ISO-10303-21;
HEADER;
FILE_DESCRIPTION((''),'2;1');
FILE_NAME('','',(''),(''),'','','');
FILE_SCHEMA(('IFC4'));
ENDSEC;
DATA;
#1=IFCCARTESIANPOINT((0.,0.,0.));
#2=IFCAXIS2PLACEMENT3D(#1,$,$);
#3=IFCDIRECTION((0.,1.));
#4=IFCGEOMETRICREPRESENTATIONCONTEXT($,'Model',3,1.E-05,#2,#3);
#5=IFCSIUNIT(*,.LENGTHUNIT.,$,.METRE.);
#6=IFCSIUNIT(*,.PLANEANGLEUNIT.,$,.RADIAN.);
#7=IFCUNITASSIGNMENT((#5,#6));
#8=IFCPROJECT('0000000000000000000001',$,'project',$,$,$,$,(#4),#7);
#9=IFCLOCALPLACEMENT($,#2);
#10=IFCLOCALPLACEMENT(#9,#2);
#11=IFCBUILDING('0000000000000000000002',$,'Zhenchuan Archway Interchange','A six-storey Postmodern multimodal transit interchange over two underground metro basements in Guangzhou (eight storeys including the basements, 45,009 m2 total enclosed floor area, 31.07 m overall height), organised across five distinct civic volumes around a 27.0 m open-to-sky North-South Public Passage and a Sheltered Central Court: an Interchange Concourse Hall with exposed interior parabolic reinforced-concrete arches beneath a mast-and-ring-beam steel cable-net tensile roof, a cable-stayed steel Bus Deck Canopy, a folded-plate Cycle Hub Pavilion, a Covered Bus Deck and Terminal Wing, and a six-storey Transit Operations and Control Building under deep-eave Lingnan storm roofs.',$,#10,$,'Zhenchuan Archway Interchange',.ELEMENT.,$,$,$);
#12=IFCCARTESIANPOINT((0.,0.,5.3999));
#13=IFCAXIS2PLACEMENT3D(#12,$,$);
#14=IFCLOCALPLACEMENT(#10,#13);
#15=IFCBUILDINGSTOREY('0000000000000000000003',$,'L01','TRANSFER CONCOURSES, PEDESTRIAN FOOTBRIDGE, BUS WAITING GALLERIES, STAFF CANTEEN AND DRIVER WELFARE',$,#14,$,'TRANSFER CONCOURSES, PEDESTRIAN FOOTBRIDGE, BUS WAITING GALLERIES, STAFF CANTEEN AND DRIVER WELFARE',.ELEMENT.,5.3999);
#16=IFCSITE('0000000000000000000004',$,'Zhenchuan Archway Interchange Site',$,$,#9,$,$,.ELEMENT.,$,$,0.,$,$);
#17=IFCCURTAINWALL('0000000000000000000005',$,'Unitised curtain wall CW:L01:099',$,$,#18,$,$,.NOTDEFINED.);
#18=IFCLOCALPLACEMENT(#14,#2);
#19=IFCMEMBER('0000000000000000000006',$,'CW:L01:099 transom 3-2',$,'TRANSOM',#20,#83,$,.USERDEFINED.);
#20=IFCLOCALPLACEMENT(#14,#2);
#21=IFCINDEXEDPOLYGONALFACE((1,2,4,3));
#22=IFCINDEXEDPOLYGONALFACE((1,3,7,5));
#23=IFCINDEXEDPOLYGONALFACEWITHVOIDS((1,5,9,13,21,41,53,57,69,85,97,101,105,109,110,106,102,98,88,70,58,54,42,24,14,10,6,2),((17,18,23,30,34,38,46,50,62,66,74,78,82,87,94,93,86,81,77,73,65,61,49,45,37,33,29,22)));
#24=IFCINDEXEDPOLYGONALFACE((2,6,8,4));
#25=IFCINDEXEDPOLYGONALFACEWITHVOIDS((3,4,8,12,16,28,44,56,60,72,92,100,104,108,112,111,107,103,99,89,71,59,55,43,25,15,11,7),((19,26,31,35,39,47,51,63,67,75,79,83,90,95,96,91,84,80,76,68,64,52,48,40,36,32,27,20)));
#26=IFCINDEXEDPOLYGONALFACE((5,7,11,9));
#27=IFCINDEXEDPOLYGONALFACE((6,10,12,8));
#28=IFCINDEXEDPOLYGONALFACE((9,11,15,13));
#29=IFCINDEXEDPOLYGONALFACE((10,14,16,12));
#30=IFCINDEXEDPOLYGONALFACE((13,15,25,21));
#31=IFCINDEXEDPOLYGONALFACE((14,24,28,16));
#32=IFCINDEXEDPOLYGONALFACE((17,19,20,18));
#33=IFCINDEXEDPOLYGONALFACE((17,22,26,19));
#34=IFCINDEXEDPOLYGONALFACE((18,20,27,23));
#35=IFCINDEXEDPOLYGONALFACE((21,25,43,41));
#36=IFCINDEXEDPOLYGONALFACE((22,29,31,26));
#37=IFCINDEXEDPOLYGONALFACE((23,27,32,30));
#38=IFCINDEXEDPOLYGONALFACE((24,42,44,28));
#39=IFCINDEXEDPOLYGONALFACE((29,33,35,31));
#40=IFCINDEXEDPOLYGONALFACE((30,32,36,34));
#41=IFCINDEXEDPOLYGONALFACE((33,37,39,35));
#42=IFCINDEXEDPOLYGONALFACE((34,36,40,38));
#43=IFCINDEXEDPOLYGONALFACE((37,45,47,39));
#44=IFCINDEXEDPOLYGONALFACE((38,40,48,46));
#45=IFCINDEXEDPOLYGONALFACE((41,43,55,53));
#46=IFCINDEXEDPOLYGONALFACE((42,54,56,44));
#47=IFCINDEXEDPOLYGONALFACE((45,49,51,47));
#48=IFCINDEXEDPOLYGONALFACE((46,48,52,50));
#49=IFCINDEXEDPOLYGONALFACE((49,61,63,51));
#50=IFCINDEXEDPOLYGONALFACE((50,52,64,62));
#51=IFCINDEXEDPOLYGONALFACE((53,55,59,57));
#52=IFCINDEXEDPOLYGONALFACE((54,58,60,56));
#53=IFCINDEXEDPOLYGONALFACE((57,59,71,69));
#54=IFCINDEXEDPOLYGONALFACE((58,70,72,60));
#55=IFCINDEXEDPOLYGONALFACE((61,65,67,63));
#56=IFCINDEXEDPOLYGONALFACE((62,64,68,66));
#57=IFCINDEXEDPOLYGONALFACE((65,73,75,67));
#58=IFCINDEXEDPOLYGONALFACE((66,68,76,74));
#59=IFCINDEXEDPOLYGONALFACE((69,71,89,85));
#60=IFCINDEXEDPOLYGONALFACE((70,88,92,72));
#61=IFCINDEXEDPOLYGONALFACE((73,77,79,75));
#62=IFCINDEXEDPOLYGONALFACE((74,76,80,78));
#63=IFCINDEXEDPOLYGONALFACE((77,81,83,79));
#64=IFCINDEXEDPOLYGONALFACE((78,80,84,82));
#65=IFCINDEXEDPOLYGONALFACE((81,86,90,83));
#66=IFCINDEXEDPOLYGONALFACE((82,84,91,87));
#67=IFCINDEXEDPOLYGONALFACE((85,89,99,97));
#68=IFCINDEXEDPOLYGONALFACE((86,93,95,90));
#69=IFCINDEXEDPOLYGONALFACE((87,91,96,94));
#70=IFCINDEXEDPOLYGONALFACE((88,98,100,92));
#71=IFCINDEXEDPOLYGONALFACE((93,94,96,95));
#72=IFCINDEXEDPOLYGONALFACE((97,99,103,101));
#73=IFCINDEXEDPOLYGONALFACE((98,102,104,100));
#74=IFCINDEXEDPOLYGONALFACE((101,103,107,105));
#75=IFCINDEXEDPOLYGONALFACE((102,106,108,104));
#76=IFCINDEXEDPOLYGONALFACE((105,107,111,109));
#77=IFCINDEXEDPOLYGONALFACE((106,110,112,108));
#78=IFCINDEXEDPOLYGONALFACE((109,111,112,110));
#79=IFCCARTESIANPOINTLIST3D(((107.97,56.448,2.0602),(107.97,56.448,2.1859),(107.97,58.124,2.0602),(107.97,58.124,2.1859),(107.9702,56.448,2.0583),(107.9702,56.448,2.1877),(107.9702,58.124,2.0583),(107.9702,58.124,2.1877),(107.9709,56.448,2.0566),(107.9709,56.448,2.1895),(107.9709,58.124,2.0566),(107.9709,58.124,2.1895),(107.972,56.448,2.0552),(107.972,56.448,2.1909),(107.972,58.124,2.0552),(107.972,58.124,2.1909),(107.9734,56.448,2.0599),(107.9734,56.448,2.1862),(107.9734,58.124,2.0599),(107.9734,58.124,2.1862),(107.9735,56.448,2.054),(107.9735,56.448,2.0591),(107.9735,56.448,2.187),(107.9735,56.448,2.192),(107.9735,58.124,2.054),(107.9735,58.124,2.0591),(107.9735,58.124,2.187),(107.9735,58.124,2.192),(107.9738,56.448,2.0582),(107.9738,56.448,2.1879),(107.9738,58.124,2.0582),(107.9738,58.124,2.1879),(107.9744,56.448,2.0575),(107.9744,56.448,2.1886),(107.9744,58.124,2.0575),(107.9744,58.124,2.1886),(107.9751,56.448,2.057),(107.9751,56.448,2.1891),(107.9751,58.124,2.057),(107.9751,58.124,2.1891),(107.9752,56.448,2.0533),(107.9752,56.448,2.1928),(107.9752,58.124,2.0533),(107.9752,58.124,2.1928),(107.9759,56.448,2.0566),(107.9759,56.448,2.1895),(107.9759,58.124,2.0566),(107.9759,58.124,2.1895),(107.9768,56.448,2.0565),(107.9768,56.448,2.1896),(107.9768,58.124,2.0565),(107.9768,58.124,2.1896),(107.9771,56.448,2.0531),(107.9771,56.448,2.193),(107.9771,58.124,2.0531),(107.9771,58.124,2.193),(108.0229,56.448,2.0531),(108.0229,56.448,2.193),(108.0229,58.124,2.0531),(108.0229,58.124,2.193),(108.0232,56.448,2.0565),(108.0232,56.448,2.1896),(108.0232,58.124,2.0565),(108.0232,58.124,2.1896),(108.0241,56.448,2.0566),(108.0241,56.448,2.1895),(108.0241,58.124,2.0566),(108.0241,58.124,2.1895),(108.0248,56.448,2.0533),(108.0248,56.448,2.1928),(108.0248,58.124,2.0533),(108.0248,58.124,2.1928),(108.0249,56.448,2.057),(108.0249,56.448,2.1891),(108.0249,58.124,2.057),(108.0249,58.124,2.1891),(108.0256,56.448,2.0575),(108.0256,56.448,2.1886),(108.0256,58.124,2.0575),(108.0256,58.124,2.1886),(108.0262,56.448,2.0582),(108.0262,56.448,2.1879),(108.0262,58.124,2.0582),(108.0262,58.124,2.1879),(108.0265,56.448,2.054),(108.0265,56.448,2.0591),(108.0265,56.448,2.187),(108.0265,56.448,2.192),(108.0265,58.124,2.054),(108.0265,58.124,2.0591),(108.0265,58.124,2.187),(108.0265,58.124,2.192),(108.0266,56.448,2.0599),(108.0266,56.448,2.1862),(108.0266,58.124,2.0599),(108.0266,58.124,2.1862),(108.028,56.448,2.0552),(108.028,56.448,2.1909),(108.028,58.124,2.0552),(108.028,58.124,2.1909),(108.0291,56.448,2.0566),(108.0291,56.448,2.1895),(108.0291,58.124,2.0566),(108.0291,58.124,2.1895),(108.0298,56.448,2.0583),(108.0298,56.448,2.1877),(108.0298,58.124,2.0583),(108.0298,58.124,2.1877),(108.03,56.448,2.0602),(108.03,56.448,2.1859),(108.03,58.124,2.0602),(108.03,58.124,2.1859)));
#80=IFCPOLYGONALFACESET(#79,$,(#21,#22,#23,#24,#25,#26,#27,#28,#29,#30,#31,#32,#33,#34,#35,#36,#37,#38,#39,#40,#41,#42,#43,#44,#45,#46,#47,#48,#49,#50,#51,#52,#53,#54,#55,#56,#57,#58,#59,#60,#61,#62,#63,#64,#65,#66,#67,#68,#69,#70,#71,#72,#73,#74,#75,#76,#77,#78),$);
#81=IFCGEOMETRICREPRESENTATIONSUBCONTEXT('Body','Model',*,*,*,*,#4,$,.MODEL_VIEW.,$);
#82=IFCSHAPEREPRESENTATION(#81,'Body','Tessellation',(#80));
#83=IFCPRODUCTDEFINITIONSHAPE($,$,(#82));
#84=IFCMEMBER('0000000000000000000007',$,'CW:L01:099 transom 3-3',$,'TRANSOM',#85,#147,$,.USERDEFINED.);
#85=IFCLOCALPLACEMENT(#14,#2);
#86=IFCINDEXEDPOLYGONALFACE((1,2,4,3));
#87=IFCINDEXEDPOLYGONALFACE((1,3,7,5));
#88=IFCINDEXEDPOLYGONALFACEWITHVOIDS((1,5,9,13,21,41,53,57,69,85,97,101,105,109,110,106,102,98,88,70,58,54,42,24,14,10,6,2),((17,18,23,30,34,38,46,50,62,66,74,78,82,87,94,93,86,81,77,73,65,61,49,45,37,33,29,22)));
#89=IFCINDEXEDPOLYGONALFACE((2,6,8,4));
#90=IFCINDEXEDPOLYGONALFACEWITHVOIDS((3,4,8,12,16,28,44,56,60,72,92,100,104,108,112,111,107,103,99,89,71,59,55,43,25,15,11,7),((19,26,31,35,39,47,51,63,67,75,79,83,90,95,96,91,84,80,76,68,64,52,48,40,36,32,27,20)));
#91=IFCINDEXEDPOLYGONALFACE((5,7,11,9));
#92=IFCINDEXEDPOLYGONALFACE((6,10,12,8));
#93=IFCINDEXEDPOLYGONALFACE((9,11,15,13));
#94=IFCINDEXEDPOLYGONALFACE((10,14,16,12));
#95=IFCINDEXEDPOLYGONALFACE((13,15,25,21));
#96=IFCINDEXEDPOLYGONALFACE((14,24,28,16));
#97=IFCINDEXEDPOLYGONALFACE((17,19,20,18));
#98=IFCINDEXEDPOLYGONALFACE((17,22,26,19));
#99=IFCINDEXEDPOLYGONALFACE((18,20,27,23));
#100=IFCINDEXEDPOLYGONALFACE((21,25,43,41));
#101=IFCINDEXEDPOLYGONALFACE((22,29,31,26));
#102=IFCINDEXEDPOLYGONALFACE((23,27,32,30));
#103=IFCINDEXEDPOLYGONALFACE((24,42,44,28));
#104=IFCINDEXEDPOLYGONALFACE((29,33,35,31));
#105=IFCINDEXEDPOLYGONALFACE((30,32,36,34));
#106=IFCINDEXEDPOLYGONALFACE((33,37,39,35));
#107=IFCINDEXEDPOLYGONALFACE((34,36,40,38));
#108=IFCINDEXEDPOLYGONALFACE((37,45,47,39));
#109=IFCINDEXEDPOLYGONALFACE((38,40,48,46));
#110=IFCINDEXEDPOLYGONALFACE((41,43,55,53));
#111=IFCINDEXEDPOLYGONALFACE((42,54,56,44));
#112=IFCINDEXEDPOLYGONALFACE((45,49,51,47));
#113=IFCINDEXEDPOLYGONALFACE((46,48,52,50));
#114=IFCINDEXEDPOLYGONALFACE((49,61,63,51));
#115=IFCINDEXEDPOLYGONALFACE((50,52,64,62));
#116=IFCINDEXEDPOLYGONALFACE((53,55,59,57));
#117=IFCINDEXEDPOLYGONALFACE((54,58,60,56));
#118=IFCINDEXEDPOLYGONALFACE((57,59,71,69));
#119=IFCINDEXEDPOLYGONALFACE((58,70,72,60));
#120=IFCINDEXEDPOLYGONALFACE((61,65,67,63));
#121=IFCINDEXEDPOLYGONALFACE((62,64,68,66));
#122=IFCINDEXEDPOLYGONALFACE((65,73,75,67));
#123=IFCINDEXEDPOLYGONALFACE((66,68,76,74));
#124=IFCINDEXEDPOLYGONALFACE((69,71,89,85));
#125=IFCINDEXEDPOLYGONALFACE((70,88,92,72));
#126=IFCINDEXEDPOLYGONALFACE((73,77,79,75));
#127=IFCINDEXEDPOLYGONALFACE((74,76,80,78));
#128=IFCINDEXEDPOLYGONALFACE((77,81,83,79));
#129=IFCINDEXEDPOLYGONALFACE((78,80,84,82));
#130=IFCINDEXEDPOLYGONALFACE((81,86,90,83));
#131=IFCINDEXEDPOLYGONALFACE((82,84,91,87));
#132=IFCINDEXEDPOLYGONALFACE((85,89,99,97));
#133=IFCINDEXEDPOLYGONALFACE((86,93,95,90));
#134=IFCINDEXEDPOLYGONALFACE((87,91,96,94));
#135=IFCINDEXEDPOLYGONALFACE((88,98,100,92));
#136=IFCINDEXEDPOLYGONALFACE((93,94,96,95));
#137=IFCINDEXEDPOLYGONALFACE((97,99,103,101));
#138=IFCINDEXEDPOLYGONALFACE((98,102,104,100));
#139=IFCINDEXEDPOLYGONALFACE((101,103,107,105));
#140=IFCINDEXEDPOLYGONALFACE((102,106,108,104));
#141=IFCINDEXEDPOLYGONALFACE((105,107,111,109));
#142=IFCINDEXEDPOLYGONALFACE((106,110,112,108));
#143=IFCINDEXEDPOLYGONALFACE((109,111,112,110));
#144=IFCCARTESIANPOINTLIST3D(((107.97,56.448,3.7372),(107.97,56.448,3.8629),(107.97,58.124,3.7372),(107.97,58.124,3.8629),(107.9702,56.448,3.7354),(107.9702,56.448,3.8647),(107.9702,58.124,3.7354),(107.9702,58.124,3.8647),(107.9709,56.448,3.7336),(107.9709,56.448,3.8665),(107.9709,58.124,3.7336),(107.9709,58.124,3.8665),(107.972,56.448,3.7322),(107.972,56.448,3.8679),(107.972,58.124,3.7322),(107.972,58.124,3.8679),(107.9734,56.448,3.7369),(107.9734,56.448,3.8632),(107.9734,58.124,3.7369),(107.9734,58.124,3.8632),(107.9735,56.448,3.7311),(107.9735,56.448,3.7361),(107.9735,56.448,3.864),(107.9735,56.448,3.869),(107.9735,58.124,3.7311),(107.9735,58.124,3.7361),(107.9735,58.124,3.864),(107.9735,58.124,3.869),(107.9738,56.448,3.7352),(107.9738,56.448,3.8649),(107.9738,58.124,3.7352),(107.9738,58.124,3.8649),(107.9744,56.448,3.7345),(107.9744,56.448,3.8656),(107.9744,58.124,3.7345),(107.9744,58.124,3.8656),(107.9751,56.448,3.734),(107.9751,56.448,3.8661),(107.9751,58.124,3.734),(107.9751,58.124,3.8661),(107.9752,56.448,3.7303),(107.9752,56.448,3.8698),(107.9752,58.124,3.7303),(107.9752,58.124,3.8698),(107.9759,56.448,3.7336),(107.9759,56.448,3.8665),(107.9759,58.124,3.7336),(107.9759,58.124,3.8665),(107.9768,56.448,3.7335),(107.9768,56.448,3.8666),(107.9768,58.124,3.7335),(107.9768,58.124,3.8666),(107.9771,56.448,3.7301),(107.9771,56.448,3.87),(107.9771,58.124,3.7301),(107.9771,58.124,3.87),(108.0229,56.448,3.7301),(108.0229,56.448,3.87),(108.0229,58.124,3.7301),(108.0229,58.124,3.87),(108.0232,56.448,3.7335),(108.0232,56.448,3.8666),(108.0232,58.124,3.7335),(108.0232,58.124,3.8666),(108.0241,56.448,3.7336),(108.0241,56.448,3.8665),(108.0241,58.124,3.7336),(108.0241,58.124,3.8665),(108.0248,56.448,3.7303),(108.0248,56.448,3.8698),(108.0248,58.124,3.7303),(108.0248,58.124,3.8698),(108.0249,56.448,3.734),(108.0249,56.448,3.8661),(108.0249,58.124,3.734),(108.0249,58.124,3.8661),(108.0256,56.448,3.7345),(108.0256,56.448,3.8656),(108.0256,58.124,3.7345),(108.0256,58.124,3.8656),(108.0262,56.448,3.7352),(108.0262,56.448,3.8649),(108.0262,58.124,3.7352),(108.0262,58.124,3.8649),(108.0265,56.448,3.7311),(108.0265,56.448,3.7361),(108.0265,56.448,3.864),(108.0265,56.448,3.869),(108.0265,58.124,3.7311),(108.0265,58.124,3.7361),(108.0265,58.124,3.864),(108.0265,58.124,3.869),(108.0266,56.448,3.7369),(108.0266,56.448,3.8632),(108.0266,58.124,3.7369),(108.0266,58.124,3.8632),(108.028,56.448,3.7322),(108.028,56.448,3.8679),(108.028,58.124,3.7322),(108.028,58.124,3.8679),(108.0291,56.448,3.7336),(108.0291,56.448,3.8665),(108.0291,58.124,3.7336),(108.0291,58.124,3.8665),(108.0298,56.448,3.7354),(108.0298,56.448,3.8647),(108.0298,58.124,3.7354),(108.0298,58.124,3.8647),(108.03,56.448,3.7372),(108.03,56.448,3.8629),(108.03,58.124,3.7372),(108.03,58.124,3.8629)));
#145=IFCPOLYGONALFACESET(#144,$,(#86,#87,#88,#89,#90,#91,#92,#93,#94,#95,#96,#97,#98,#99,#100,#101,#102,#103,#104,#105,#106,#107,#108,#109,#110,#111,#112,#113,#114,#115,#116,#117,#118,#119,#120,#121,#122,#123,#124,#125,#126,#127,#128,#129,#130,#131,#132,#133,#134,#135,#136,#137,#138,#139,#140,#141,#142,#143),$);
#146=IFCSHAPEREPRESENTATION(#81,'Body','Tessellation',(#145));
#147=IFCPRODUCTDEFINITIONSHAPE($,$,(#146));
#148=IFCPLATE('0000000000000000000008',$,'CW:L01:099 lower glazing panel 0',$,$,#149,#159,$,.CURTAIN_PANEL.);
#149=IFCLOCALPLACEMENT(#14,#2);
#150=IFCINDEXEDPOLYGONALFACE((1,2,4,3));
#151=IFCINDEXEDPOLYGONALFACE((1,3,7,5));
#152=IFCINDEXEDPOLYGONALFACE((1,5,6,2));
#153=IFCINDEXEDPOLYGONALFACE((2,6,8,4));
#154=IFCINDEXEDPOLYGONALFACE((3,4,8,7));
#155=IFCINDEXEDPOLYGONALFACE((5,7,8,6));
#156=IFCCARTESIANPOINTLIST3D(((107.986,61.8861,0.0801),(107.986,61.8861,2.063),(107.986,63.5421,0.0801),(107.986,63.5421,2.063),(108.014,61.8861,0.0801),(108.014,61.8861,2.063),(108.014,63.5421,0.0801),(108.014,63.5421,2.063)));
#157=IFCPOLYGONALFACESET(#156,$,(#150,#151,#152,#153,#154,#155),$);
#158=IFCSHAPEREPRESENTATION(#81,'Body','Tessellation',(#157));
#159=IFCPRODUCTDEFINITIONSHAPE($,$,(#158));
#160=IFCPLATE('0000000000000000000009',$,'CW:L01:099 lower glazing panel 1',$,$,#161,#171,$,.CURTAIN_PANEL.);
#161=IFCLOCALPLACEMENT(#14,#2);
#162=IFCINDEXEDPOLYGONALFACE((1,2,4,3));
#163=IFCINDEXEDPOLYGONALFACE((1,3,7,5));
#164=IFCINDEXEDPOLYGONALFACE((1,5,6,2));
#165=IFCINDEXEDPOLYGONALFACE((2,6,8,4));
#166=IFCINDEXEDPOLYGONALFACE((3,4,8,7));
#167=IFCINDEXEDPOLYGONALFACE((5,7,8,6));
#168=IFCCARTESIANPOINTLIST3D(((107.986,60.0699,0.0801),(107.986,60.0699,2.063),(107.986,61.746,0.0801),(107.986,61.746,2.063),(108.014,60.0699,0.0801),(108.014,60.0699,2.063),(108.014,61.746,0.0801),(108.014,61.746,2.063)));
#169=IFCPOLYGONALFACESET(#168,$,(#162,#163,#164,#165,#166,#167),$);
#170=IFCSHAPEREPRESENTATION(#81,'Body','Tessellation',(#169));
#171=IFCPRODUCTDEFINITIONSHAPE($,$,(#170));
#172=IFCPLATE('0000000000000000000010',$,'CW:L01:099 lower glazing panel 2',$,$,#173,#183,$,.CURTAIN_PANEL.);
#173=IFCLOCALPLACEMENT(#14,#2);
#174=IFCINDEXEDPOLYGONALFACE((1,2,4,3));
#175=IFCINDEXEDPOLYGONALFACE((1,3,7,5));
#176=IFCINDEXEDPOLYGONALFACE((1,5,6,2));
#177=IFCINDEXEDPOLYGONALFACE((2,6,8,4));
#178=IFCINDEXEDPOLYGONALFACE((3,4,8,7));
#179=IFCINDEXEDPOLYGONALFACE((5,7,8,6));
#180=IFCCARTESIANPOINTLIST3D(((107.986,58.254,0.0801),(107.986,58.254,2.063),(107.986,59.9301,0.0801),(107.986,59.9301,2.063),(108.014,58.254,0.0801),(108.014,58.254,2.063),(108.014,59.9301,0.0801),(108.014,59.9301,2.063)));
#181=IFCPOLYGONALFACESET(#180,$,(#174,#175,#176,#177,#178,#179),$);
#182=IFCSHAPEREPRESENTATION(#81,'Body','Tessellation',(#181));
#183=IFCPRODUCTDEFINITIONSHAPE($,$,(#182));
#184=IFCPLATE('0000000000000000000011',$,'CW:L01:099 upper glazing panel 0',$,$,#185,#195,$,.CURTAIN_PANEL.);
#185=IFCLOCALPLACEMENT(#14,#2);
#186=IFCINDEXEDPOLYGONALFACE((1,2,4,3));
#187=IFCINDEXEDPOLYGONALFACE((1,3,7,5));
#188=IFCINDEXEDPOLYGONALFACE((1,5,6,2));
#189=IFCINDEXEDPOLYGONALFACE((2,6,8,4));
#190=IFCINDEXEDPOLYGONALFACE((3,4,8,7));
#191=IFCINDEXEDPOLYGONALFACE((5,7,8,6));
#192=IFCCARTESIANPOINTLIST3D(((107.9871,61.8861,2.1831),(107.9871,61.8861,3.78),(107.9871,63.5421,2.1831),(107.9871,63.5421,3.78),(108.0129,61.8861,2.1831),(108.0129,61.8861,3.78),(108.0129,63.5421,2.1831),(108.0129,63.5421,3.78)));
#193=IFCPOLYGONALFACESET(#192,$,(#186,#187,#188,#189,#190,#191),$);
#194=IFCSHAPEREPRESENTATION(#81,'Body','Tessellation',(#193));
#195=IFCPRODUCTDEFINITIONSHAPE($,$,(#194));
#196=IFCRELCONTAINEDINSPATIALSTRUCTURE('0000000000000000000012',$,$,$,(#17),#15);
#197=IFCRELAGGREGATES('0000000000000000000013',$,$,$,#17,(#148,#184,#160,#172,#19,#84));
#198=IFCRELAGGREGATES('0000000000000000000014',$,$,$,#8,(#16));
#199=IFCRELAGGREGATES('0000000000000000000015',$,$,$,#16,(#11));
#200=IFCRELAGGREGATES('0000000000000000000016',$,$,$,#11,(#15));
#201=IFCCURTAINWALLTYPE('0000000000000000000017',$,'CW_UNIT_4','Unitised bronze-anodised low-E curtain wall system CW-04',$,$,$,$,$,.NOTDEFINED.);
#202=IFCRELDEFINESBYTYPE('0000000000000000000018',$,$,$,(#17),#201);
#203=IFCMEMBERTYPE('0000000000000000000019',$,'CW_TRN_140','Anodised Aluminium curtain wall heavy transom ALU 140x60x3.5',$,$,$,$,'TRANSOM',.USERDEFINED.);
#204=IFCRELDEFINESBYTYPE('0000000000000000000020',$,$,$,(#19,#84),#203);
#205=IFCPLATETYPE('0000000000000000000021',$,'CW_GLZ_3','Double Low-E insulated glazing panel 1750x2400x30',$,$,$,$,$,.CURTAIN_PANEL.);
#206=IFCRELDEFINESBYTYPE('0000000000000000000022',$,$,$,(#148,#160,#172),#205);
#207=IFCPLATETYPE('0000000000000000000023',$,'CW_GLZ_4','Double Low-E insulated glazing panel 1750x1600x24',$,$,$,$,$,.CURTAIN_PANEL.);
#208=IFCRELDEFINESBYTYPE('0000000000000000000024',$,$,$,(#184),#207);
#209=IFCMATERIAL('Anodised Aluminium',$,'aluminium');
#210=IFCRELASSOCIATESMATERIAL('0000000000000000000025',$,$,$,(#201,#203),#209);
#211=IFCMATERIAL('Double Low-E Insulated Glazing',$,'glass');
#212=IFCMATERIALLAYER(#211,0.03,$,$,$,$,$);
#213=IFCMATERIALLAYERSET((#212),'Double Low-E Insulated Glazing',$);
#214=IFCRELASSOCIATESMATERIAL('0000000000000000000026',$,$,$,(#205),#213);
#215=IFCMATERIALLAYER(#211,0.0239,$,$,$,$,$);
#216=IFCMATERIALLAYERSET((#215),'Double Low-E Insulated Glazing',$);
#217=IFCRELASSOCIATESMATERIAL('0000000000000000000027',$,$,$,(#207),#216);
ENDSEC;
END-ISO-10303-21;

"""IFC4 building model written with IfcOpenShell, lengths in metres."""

from ifc_helpers import new_model, si_unit, direction, frame, origin, origin_2d, place, context, subcontext, project, spatial, rectangle, hollow_rectangle, extrude, material, layer, layer_set, material_profile, profile_set, type_object, element, aggregate, save


model = new_model("IFC4")

# Units and contexts
model_context = context("Model", 3, precision=1e-05, world=origin(), true_north=direction((0.0, 1.0)))
body_context = subcontext(model_context, "Body", "Model", "MODEL_VIEW")
ifc_project = project(units=[si_unit("LENGTHUNIT", "METRE"), si_unit("PLANEANGLEUNIT", "RADIAN")], contexts=[model_context])

# Site, building, storey
site_placement = place(None, origin())
site = spatial("IfcSite", under=ifc_project, at=site_placement, Name="Zhenchuan Archway Interchange Site", CompositionType="ELEMENT", RefElevation=0.0)
building_placement = place(site_placement, origin())
building = spatial("IfcBuilding", under=site, at=building_placement, Name="Zhenchuan Archway Interchange", Description="A six-storey Postmodern multimodal transit interchange over two underground metro basements in Guangzhou (eight storeys including the basements, 45,009 m2 total enclosed floor area, 31.07 m overall height), organised across five distinct civic volumes around a 27.0 m open-to-sky North-South Public Passage and a Sheltered Central Court: an Interchange Concourse Hall with exposed interior parabolic reinforced-concrete arches beneath a mast-and-ring-beam steel cable-net tensile roof, a cable-stayed steel Bus Deck Canopy, a folded-plate Cycle Hub Pavilion, a Covered Bus Deck and Terminal Wing, and a six-storey Transit Operations and Control Building under deep-eave Lingnan storm roofs.", LongName="Zhenchuan Archway Interchange", CompositionType="ELEMENT")
storey_placement = place(building_placement, frame((0.0, 0.0, 5.3999)))
storey = spatial("IfcBuildingStorey", under=building, at=storey_placement, Name="L01", Description="TRANSFER CONCOURSES, PEDESTRIAN FOOTBRIDGE, BUS WAITING GALLERIES, STAFF CANTEEN AND DRIVER WELFARE", LongName="TRANSFER CONCOURSES, PEDESTRIAN FOOTBRIDGE, BUS WAITING GALLERIES, STAFF CANTEEN AND DRIVER WELFARE", CompositionType="ELEMENT", Elevation=5.3999)

# Curtain wall, members, plates
ifc_material_1 = material(Name="Anodised Aluminium", Category="aluminium")
curtain_wall_type = type_object("IfcCurtainWallType", Name="CW_UNIT_4", Description="Unitised bronze-anodised low-E curtain wall system CW-04", PredefinedType="NOTDEFINED", material=ifc_material_1)
curtain_wall_placement = place(storey_placement, origin())
curtain_wall = element("IfcCurtainWall", 1, at=curtain_wall_placement, inside=storey, type_object=curtain_wall_type, Name="Unitised curtain wall CW:L01:099", PredefinedType="NOTDEFINED")
ifc_material_profile_1 = material_profile(ifc_material_1, hollow_rectangle(XDim=0.0601, YDim=0.1399, WallThickness=0.0034, InnerFilletRadius=0.0034, OuterFilletRadius=0.0071, at=origin_2d()), Name="ALU 140x60x3.5")
ifc_profile_set_1 = profile_set([ifc_material_profile_1], Name="Anodised Aluminium")
member_type_1 = type_object("IfcMemberType", Name="CW_TRN_140", Description="Anodised Aluminium curtain wall heavy transom ALU 140x60x3.5", ElementType="TRANSOM", PredefinedType="USERDEFINED", material=ifc_profile_set_1)
member_1_placement = place(storey_placement, frame((108.0, 58.124, 2.123), z_axis=(0.0, -1.0, 0.0), x_axis=(1.0, 0.0, 0.0)))
member_1 = element("IfcMember", 2, at=member_1_placement, type_object=member_type_1, Name="CW:L01:099 transom 3-2", ObjectType="TRANSOM", PredefinedType="USERDEFINED", context=body_context, shape_type="SweptSolid", body=[
    extrude(hollow_rectangle(XDim=0.0601, YDim=0.1399, WallThickness=0.0034, InnerFilletRadius=0.0034, OuterFilletRadius=0.0071, at=origin_2d()), origin(), (0.0, 0.0, 1.0), 1.676),
])
member_2_placement = place(storey_placement, frame((108.0, 58.124, 3.8), z_axis=(0.0, -1.0, 0.0), x_axis=(1.0, 0.0, 0.0)))
member_2 = element("IfcMember", 3, at=member_2_placement, type_object=member_type_1, Name="CW:L01:099 transom 3-3", ObjectType="TRANSOM", PredefinedType="USERDEFINED", context=body_context, shape_type="SweptSolid", body=[
    extrude(hollow_rectangle(XDim=0.0601, YDim=0.1399, WallThickness=0.0034, InnerFilletRadius=0.0034, OuterFilletRadius=0.0071, at=origin_2d()), origin(), (0.0, 0.0, 1.0), 1.676),
])
ifc_material_2 = material(Name="Double Low-E Insulated Glazing", Category="glass")
ifc_layer_1 = layer(ifc_material_2, 0.03)
ifc_layer_set_1 = layer_set([ifc_layer_1], Name="Double Low-E Insulated Glazing")
plate_type_1 = type_object("IfcPlateType", Name="CW_GLZ_3", Description="Double Low-E insulated glazing panel 1750x2400x30", PredefinedType="CURTAIN_PANEL", material=ifc_layer_set_1)
plate_1_placement = place(storey_placement, frame((108.0, 62.7141, 0.0801), z_axis=(0.0, 0.0, 1.0), x_axis=(0.0, -1.0, 0.0)))
plate_1 = element("IfcPlate", 4, at=plate_1_placement, type_object=plate_type_1, Name="CW:L01:099 lower glazing panel 0", PredefinedType="CURTAIN_PANEL", context=body_context, shape_type="SweptSolid", body=[
    extrude(rectangle(XDim=1.656, YDim=0.0281, at=origin_2d()), origin(), (0.0, 0.0, 1.0), 1.9829),
])
plate_2_placement = place(storey_placement, frame((108.0, 60.908, 0.0801), z_axis=(0.0, 0.0, 1.0), x_axis=(0.0, -1.0, 0.0)))
plate_2 = element("IfcPlate", 5, at=plate_2_placement, type_object=plate_type_1, Name="CW:L01:099 lower glazing panel 1", PredefinedType="CURTAIN_PANEL", context=body_context, shape_type="SweptSolid", body=[
    extrude(rectangle(XDim=1.676, YDim=0.0281, at=origin_2d()), origin(), (0.0, 0.0, 1.0), 1.9829),
])
plate_3_placement = place(storey_placement, frame((108.0, 59.092, 0.0801), z_axis=(0.0, 0.0, 1.0), x_axis=(0.0, -1.0, 0.0)))
plate_3 = element("IfcPlate", 6, at=plate_3_placement, type_object=plate_type_1, Name="CW:L01:099 lower glazing panel 2", PredefinedType="CURTAIN_PANEL", context=body_context, shape_type="SweptSolid", body=[
    extrude(rectangle(XDim=1.676, YDim=0.0281, at=origin_2d()), origin(), (0.0, 0.0, 1.0), 1.9829),
])
ifc_layer_2 = layer(ifc_material_2, 0.0239)
ifc_layer_set_2 = layer_set([ifc_layer_2], Name="Double Low-E Insulated Glazing")
plate_type_2 = type_object("IfcPlateType", Name="CW_GLZ_4", Description="Double Low-E insulated glazing panel 1750x1600x24", PredefinedType="CURTAIN_PANEL", material=ifc_layer_set_2)
plate_4_placement = place(storey_placement, frame((108.0, 62.7141, 2.1831), z_axis=(0.0, 0.0, 1.0), x_axis=(0.0, -1.0, 0.0)))
plate_4 = element("IfcPlate", 7, at=plate_4_placement, type_object=plate_type_2, Name="CW:L01:099 upper glazing panel 0", PredefinedType="CURTAIN_PANEL", context=body_context, shape_type="SweptSolid", body=[
    extrude(rectangle(XDim=1.656, YDim=0.0259, at=origin_2d()), origin(), (0.0, 0.0, 1.0), 1.5969),
])
aggregate(curtain_wall, [plate_1, plate_4, plate_2, plate_3, member_1, member_2])

save(model, "model.ifc")
